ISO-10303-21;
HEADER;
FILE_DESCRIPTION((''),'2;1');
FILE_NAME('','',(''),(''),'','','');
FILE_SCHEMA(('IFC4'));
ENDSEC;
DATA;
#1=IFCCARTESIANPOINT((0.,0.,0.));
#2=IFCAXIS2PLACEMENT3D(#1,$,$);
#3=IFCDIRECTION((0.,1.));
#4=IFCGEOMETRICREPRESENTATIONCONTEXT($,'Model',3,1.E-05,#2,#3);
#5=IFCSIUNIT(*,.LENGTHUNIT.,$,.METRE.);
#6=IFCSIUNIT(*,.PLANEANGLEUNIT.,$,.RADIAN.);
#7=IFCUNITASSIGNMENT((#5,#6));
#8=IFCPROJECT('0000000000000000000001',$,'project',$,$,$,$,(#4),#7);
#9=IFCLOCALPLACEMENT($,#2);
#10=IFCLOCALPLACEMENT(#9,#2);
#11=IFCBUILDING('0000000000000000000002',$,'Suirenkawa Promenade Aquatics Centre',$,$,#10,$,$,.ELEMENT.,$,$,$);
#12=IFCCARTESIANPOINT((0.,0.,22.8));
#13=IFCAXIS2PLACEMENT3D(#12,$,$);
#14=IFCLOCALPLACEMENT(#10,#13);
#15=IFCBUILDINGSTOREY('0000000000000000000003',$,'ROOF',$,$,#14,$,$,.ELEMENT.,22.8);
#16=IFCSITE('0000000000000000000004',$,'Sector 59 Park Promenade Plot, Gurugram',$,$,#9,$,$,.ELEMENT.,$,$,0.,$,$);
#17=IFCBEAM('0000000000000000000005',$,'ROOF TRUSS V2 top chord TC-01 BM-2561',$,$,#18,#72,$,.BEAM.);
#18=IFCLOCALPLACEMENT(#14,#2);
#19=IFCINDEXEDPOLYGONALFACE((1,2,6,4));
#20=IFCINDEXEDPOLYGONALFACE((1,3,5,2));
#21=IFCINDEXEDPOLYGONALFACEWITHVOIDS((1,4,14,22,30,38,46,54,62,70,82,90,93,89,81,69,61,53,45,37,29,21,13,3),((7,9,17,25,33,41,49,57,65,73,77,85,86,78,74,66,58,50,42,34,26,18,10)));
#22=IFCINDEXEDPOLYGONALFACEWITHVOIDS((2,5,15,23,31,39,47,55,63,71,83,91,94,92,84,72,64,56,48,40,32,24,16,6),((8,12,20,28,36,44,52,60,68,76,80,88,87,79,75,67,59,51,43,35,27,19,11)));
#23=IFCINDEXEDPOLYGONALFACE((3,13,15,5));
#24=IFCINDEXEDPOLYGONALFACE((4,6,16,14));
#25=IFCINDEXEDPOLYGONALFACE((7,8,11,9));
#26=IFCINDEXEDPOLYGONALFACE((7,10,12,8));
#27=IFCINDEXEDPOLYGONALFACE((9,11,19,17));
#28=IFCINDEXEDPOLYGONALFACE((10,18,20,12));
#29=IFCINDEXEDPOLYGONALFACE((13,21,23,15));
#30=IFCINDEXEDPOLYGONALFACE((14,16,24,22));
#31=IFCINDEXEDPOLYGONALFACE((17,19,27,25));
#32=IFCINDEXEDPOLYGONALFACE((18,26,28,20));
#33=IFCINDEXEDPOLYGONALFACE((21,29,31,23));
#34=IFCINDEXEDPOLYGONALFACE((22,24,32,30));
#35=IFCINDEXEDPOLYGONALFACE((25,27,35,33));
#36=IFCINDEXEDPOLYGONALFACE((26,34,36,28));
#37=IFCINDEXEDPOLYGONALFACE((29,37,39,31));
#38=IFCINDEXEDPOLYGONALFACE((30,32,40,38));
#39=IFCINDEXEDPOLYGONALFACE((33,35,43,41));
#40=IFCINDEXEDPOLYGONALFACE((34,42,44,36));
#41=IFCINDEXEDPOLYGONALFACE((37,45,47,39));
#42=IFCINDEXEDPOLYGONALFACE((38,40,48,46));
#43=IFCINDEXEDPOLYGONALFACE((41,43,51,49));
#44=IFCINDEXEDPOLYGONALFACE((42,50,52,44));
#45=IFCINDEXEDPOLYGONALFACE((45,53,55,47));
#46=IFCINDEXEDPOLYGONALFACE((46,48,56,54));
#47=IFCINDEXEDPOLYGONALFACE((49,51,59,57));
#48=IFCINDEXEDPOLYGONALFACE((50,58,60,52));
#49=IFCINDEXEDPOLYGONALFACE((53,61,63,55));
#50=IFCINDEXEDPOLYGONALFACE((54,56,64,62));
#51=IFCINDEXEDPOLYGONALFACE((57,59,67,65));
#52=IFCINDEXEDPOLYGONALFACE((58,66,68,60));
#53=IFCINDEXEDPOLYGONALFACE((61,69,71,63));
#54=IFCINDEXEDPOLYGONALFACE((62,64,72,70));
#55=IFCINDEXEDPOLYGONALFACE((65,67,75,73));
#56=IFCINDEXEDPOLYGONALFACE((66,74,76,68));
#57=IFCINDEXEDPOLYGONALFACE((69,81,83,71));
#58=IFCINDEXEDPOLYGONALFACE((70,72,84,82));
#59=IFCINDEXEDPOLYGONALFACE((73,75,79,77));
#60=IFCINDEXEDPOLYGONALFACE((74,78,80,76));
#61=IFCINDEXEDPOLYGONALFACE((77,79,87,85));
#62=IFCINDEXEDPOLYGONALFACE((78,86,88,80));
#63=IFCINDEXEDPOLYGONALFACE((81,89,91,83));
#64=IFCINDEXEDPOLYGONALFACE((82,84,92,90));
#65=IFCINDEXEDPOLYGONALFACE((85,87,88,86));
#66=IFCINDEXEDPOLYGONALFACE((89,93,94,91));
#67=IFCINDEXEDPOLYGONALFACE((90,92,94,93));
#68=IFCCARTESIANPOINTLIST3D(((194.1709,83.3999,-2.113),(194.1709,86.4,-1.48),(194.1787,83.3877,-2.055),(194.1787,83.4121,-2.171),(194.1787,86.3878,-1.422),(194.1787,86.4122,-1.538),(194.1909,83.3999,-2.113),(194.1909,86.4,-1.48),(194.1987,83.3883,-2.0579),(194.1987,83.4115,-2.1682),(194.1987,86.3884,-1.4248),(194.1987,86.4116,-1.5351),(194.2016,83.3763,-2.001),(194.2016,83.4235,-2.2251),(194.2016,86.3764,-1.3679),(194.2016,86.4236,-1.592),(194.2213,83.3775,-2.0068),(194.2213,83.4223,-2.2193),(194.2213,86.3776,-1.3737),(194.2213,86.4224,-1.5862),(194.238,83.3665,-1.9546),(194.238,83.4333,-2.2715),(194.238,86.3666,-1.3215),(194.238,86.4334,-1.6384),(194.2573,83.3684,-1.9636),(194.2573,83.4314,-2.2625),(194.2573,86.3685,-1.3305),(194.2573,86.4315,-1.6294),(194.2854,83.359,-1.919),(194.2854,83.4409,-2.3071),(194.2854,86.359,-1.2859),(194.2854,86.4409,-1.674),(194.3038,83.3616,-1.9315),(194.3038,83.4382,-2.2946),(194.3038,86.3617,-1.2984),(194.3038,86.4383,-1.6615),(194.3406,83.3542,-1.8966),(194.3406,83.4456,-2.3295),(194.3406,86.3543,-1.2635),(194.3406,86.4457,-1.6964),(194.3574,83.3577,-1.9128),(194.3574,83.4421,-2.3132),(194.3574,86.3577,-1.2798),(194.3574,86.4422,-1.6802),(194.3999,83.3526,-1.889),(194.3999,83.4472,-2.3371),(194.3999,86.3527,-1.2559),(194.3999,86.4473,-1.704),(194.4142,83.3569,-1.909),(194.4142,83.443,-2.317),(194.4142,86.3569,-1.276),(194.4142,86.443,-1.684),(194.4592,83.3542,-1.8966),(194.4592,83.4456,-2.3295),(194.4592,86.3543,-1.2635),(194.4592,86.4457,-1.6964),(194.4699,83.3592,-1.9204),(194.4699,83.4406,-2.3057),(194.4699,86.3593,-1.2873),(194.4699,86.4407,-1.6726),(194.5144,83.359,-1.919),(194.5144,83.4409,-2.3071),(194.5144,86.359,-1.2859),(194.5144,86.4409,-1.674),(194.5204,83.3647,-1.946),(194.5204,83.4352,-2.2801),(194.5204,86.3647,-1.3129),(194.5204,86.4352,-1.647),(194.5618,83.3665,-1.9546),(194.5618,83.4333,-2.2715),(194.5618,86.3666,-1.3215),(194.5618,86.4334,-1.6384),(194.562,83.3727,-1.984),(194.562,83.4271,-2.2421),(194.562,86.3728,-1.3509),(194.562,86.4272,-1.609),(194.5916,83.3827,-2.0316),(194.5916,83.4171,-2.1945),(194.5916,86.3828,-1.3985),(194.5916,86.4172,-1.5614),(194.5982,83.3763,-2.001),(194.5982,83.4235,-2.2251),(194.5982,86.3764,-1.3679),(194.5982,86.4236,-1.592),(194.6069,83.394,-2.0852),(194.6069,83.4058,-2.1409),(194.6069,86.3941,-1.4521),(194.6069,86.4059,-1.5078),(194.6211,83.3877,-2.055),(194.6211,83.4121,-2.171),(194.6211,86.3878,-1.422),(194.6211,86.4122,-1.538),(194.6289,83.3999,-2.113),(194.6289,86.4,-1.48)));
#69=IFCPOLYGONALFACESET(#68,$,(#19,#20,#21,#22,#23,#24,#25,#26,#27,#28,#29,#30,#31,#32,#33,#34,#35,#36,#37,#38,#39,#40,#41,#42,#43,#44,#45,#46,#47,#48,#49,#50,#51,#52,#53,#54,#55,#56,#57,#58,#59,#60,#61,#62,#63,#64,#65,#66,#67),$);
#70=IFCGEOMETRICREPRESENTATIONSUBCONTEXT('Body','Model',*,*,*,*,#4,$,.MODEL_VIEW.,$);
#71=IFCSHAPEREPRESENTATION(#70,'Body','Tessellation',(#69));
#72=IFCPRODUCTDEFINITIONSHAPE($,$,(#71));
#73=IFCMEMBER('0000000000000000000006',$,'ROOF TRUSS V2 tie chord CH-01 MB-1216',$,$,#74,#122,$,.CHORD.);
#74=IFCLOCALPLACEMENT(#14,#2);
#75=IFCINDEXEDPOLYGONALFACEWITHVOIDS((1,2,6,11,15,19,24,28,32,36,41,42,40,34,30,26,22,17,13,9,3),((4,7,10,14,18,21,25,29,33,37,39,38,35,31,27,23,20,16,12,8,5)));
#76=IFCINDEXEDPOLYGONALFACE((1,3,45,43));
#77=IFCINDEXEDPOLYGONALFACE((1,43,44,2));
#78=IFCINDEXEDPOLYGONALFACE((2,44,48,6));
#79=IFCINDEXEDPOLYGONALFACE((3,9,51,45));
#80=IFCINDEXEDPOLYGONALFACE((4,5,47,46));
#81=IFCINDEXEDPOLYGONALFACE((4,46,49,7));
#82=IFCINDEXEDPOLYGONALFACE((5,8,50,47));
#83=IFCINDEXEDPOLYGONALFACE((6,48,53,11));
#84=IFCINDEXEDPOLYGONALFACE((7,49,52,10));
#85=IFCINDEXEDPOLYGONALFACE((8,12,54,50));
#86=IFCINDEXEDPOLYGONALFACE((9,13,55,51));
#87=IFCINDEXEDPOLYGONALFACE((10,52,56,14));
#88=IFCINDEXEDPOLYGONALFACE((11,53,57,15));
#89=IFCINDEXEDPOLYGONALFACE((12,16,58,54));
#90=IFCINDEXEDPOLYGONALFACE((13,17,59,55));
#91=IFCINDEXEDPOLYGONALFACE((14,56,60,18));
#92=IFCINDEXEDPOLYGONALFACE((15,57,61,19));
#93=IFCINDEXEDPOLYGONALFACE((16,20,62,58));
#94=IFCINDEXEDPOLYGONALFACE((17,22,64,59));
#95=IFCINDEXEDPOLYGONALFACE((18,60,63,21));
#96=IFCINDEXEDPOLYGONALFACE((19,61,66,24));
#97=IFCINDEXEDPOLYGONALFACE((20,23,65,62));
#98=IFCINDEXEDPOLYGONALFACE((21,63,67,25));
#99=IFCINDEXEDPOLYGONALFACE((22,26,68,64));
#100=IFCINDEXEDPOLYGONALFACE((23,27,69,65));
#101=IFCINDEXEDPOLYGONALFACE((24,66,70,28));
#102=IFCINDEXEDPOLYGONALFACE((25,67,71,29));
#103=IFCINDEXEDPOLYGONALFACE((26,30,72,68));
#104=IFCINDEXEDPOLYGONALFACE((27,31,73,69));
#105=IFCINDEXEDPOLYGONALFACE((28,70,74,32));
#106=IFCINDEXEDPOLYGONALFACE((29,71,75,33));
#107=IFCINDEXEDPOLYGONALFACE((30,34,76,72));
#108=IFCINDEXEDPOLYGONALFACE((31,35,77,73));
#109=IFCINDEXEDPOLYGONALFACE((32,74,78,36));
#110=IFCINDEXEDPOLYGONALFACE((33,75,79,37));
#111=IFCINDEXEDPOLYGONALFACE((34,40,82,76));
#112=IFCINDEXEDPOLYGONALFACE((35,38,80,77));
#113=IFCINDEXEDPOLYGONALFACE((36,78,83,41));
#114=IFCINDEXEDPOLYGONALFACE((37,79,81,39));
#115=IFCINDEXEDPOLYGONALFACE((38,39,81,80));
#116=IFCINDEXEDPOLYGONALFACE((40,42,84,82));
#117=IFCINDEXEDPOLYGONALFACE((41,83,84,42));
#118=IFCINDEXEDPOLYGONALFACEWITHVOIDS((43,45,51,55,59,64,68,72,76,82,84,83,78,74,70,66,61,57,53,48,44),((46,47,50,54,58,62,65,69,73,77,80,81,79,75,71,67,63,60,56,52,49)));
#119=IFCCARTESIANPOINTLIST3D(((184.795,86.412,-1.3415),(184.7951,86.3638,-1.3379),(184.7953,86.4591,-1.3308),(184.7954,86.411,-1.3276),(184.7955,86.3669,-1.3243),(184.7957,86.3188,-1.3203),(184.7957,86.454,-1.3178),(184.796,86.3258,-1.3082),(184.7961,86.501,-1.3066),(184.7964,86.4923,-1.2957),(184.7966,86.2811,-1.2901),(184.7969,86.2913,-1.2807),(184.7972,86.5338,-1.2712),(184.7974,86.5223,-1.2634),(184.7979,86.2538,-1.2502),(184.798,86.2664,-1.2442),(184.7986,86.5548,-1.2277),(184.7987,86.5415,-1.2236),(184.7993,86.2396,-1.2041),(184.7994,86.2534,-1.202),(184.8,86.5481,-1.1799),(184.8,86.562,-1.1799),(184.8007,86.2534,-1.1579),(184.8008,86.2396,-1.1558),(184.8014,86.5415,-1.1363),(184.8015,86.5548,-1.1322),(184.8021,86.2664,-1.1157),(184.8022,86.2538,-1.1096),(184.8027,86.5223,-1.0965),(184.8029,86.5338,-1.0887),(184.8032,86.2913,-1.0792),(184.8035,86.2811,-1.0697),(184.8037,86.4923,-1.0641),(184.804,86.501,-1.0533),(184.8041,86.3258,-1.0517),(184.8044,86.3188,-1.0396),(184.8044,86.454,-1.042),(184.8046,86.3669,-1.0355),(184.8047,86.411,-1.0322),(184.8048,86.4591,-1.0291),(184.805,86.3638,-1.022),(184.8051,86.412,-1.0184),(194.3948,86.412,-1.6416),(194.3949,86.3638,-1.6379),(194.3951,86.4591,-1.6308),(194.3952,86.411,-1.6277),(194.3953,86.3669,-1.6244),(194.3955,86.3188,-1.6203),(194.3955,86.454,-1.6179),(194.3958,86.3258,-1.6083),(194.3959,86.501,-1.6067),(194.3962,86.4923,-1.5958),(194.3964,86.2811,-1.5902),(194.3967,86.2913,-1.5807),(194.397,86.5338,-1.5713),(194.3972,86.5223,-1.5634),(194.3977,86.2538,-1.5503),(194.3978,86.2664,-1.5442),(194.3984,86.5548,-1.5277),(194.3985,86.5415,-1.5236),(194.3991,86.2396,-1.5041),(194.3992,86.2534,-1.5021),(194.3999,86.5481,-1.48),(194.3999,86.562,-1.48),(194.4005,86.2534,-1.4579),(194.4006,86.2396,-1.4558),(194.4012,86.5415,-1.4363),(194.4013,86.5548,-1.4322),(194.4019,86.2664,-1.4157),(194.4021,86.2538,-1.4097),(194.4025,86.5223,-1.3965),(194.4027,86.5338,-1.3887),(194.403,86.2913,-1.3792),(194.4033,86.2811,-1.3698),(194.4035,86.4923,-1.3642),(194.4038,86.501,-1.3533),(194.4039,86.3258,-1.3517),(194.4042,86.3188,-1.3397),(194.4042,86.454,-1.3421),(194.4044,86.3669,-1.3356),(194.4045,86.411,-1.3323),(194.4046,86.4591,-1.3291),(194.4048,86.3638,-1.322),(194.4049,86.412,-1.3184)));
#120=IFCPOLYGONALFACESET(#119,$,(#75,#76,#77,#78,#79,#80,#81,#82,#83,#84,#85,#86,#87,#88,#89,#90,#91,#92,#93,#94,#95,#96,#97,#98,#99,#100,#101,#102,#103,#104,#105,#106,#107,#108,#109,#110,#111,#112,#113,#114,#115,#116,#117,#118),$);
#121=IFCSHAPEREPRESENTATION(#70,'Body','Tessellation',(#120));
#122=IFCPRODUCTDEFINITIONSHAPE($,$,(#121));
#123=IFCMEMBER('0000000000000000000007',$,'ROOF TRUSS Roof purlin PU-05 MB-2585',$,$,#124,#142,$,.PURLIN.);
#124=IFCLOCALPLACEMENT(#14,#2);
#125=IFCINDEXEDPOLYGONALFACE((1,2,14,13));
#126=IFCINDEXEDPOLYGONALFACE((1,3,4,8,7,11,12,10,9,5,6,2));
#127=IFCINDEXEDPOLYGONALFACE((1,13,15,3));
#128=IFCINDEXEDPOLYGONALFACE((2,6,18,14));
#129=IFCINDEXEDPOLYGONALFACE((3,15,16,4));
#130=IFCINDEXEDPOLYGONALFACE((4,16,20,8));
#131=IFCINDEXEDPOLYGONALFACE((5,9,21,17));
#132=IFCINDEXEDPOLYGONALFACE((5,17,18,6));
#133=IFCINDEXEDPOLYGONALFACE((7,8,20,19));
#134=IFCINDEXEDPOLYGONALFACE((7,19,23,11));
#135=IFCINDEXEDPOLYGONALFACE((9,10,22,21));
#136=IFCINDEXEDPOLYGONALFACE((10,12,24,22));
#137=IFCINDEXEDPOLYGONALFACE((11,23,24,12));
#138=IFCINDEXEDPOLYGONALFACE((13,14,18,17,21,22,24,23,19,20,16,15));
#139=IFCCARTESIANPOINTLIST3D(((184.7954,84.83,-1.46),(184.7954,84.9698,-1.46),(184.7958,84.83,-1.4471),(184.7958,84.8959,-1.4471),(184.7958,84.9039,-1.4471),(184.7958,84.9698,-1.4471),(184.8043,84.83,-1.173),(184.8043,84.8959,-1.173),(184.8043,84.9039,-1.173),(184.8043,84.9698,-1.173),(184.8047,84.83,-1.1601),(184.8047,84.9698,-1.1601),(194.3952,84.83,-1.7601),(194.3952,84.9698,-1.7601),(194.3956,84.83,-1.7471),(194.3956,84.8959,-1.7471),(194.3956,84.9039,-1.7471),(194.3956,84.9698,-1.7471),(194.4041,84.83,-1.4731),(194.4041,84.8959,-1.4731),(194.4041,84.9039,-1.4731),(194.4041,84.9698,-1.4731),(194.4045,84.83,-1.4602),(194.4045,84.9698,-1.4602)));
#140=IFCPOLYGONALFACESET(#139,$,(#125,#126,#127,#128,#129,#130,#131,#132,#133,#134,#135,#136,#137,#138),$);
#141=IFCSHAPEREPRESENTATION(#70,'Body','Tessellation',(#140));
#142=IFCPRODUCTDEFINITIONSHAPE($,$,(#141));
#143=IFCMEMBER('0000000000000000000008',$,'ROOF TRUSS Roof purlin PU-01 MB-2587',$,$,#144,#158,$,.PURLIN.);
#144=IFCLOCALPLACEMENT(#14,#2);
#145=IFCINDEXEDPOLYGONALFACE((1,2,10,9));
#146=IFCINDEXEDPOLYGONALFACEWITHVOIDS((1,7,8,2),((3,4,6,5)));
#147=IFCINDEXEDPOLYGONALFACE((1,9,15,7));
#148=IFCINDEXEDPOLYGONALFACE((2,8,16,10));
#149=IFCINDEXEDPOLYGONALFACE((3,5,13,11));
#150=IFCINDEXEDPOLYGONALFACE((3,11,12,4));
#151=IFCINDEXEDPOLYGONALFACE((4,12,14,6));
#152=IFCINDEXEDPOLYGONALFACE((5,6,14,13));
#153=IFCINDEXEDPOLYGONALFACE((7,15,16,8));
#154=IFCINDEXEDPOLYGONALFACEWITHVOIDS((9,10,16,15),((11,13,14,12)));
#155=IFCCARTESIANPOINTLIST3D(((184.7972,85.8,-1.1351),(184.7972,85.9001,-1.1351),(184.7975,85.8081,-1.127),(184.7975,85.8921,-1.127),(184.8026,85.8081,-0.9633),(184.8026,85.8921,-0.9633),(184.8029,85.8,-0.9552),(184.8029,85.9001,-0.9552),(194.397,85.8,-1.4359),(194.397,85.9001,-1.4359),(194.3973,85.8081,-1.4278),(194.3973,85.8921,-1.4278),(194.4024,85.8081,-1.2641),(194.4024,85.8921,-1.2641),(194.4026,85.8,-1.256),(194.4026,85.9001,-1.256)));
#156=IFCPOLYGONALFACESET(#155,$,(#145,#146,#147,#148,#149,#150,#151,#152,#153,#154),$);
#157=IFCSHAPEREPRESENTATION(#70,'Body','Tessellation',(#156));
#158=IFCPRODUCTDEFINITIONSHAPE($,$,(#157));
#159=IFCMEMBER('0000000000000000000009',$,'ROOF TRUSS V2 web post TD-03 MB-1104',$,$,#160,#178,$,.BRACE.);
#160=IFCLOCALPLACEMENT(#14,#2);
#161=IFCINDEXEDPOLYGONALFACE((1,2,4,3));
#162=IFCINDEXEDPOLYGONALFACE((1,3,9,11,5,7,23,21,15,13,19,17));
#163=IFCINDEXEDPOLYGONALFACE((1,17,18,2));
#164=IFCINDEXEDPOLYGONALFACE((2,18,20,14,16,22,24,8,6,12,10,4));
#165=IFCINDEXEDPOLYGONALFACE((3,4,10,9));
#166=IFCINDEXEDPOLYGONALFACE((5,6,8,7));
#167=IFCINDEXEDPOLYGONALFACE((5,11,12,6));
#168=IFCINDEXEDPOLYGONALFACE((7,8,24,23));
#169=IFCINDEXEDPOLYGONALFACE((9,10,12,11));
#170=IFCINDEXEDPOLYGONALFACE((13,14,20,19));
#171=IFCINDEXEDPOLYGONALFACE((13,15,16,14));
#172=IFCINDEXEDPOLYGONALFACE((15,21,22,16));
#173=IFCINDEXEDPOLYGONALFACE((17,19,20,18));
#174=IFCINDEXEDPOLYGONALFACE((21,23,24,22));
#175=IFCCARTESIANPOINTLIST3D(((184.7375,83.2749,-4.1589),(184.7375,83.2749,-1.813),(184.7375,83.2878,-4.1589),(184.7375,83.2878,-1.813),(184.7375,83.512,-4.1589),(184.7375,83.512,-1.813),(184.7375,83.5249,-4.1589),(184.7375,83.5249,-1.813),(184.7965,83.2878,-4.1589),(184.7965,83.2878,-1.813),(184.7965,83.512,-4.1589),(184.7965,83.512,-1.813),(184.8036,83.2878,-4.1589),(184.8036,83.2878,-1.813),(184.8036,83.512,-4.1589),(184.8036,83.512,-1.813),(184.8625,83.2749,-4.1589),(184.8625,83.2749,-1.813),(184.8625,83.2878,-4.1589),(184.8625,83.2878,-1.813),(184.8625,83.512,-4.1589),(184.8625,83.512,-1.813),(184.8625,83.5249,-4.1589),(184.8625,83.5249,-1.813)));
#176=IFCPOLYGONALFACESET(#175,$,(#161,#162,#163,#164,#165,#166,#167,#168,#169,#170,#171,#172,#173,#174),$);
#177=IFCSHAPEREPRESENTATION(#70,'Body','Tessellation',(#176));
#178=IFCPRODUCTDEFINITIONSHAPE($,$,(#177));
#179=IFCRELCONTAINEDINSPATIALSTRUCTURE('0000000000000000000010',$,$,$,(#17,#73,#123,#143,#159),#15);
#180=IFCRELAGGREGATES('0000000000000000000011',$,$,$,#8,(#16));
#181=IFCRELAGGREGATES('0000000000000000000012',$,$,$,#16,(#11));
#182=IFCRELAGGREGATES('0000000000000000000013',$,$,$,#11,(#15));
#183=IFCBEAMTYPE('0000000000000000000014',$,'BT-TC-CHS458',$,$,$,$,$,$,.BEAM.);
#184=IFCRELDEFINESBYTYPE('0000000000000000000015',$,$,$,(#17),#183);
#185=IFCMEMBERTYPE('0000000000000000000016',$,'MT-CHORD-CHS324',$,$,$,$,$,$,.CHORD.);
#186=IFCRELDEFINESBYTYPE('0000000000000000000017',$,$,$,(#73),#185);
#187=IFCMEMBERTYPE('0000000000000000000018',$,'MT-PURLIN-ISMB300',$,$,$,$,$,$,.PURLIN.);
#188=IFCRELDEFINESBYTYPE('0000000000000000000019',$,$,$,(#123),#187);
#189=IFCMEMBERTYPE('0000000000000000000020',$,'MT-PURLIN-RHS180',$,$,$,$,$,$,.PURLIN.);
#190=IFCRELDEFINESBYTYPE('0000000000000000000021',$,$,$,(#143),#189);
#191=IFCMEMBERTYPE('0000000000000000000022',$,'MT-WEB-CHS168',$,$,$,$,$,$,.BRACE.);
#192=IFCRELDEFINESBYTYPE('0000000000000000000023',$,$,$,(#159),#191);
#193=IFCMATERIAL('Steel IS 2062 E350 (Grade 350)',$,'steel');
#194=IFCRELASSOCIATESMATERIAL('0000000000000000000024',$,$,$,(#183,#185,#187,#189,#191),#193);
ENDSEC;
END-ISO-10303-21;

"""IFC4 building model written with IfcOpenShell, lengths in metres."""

from ifc_helpers import new_model, si_unit, direction, frame, origin, origin_2d, place, context, subcontext, project, spatial, hollow_rectangle, hollow_circle, i_section, extrude, material, material_profile, profile_set, type_object, element, save


model = new_model("IFC4")

# Units and contexts
model_context = context("Model", 3, precision=1e-05, world=origin(), true_north=direction((0.0, 1.0)))
body_context = subcontext(model_context, "Body", "Model", "MODEL_VIEW")
ifc_project = project(units=[si_unit("LENGTHUNIT", "METRE"), si_unit("PLANEANGLEUNIT", "RADIAN")], contexts=[model_context])

# Site, building, storey
site_placement = place(None, origin())
site = spatial("IfcSite", under=ifc_project, at=site_placement, Name="Sector 59 Park Promenade Plot, Gurugram", CompositionType="ELEMENT", RefElevation=0.0)
building_placement = place(site_placement, origin())
building = spatial("IfcBuilding", under=site, at=building_placement, Name="Suirenkawa Promenade Aquatics Centre", CompositionType="ELEMENT")
storey_placement = place(building_placement, frame((0.0, 0.0, 22.8)))
storey = spatial("IfcBuildingStorey", under=building, at=storey_placement, Name="ROOF", CompositionType="ELEMENT", Elevation=22.8)

# Beam
ifc_material = material(Name="Steel IS 2062 E350 (Grade 350)", Category="steel")
ifc_material_profile_1 = material_profile(ifc_material, hollow_circle(Radius=0.229, WallThickness=0.02, at=origin_2d()), Name="CHS 458x20", Category="steel")
ifc_profile_set_1 = profile_set([ifc_material_profile_1], Name="Steel IS 2062 E350 (Grade 350)")
beam_type_1 = type_object("IfcBeamType", Name="BT-TC-CHS458", PredefinedType="BEAM", material=ifc_profile_set_1)
for number, where, z_axis, x_axis, name in (
    (1, (194.3999, 83.3999, -2.113), (0.0, 0.978453, 0.206472), (-1.0, 0.0, 0.0), "ROOF TRUSS V2 top chord TC-01 BM-2561"),
):
    element("IfcBeam", number, at=place(storey_placement, frame(where, z_axis=z_axis, x_axis=x_axis)), inside=storey, type_object=beam_type_1, Name=name, PredefinedType="BEAM", context=body_context, shape_type="SweptSolid", body=[
        extrude(hollow_circle(Radius=0.229, WallThickness=0.02, at=origin_2d()), origin(), (0.0, 0.0, 1.0), 3.0662),
    ])

# Members
ifc_material_profile_2 = material_profile(ifc_material, hollow_circle(Radius=0.1621, WallThickness=0.0139, at=origin_2d()), Name="CHS 324x14", Category="steel")
ifc_profile_set_2 = profile_set([ifc_material_profile_2], Name="Steel IS 2062 E350 (Grade 350)")
member_type_1 = type_object("IfcMemberType", Name="MT-CHORD-CHS324", PredefinedType="CHORD", material=ifc_profile_set_2)
member_1_placement = place(storey_placement, frame((184.8, 86.3999, -1.1799), z_axis=(0.999512, 0.0, -0.03124), x_axis=(0.0, 1.0, 0.0)))
element("IfcMember", 2, at=member_1_placement, inside=storey, type_object=member_type_1, Name="ROOF TRUSS V2 tie chord CH-01 MB-1216", PredefinedType="CHORD", context=body_context, shape_type="SweptSolid", body=[
    extrude(hollow_circle(Radius=0.1621, WallThickness=0.0139, at=origin_2d()), origin(), (0.0, 0.0, 1.0), 9.6045),
])
ifc_material_profile_3 = material_profile(ifc_material, i_section(OverallWidth=0.1399, OverallDepth=0.3, WebThickness=0.0081, FlangeThickness=0.0129, at=origin_2d()), Name="ISMB 300", Category="steel")
ifc_profile_set_3 = profile_set([ifc_material_profile_3], Name="Steel IS 2062 E350 (Grade 350)")
member_type_2 = type_object("IfcMemberType", Name="MT-PURLIN-ISMB300", PredefinedType="PURLIN", material=ifc_profile_set_3)
member_2_placement = place(storey_placement, frame((184.8, 84.8999, -1.3101), z_axis=(0.999512, 0.0, -0.03124), x_axis=(0.0, 1.0, 0.0)))
element("IfcMember", 3, at=member_2_placement, inside=storey, type_object=member_type_2, Name="ROOF TRUSS Roof purlin PU-05 MB-2585", PredefinedType="PURLIN", context=body_context, shape_type="SweptSolid", body=[
    extrude(i_section(OverallWidth=0.1399, OverallDepth=0.3, WebThickness=0.0081, FlangeThickness=0.0129, at=origin_2d()), origin(), (0.0, 0.0, 1.0), 9.6045),
])
ifc_material_profile_4 = material_profile(ifc_material, hollow_rectangle(XDim=0.1001, YDim=0.1799, WallThickness=0.0081, at=origin_2d()), Name="RHS 180x100x8", Category="steel")
ifc_profile_set_4 = profile_set([ifc_material_profile_4], Name="Steel IS 2062 E350 (Grade 350)")
member_type_3 = type_object("IfcMemberType", Name="MT-PURLIN-RHS180", PredefinedType="PURLIN", material=ifc_profile_set_4)
member_3_placement = place(storey_placement, frame((184.8, 85.8501, -1.0452), z_axis=(0.99951, 0.0, -0.031316), x_axis=(0.0, 1.0, 0.0)))
element("IfcMember", 4, at=member_3_placement, inside=storey, type_object=member_type_3, Name="ROOF TRUSS Roof purlin PU-01 MB-2587", PredefinedType="PURLIN", context=body_context, shape_type="SweptSolid", body=[
    extrude(hollow_rectangle(XDim=0.1001, YDim=0.1799, WallThickness=0.0081, at=origin_2d()), origin(), (0.0, 0.0, 1.0), 9.6045),
])
ifc_material_profile_5 = material_profile(ifc_material, i_section(OverallWidth=0.125, OverallDepth=0.25, WebThickness=0.0071, FlangeThickness=0.0129, at=origin_2d()), Name="ISMB 250", Category="steel")
ifc_profile_set_5 = profile_set([ifc_material_profile_5], Name="Steel IS 2062 E350 (Grade 350)")
member_type_4 = type_object("IfcMemberType", Name="MT-WEB-CHS168", PredefinedType="BRACE", material=ifc_profile_set_5)
member_4_placement = place(storey_placement, frame((184.8, 83.3999, -4.1589), z_axis=(0.0, 0.0, 1.0), x_axis=(1.0, 0.0, 0.0)))
element("IfcMember", 5, at=member_4_placement, inside=storey, type_object=member_type_4, Name="ROOF TRUSS V2 web post TD-03 MB-1104", PredefinedType="BRACE", context=body_context, shape_type="SweptSolid", body=[
    extrude(i_section(OverallWidth=0.125, OverallDepth=0.25, WebThickness=0.0071, FlangeThickness=0.0129, at=origin_2d()), origin(), (0.0, 0.0, 1.0), 2.3459),
])

save(model, "model.ifc")
